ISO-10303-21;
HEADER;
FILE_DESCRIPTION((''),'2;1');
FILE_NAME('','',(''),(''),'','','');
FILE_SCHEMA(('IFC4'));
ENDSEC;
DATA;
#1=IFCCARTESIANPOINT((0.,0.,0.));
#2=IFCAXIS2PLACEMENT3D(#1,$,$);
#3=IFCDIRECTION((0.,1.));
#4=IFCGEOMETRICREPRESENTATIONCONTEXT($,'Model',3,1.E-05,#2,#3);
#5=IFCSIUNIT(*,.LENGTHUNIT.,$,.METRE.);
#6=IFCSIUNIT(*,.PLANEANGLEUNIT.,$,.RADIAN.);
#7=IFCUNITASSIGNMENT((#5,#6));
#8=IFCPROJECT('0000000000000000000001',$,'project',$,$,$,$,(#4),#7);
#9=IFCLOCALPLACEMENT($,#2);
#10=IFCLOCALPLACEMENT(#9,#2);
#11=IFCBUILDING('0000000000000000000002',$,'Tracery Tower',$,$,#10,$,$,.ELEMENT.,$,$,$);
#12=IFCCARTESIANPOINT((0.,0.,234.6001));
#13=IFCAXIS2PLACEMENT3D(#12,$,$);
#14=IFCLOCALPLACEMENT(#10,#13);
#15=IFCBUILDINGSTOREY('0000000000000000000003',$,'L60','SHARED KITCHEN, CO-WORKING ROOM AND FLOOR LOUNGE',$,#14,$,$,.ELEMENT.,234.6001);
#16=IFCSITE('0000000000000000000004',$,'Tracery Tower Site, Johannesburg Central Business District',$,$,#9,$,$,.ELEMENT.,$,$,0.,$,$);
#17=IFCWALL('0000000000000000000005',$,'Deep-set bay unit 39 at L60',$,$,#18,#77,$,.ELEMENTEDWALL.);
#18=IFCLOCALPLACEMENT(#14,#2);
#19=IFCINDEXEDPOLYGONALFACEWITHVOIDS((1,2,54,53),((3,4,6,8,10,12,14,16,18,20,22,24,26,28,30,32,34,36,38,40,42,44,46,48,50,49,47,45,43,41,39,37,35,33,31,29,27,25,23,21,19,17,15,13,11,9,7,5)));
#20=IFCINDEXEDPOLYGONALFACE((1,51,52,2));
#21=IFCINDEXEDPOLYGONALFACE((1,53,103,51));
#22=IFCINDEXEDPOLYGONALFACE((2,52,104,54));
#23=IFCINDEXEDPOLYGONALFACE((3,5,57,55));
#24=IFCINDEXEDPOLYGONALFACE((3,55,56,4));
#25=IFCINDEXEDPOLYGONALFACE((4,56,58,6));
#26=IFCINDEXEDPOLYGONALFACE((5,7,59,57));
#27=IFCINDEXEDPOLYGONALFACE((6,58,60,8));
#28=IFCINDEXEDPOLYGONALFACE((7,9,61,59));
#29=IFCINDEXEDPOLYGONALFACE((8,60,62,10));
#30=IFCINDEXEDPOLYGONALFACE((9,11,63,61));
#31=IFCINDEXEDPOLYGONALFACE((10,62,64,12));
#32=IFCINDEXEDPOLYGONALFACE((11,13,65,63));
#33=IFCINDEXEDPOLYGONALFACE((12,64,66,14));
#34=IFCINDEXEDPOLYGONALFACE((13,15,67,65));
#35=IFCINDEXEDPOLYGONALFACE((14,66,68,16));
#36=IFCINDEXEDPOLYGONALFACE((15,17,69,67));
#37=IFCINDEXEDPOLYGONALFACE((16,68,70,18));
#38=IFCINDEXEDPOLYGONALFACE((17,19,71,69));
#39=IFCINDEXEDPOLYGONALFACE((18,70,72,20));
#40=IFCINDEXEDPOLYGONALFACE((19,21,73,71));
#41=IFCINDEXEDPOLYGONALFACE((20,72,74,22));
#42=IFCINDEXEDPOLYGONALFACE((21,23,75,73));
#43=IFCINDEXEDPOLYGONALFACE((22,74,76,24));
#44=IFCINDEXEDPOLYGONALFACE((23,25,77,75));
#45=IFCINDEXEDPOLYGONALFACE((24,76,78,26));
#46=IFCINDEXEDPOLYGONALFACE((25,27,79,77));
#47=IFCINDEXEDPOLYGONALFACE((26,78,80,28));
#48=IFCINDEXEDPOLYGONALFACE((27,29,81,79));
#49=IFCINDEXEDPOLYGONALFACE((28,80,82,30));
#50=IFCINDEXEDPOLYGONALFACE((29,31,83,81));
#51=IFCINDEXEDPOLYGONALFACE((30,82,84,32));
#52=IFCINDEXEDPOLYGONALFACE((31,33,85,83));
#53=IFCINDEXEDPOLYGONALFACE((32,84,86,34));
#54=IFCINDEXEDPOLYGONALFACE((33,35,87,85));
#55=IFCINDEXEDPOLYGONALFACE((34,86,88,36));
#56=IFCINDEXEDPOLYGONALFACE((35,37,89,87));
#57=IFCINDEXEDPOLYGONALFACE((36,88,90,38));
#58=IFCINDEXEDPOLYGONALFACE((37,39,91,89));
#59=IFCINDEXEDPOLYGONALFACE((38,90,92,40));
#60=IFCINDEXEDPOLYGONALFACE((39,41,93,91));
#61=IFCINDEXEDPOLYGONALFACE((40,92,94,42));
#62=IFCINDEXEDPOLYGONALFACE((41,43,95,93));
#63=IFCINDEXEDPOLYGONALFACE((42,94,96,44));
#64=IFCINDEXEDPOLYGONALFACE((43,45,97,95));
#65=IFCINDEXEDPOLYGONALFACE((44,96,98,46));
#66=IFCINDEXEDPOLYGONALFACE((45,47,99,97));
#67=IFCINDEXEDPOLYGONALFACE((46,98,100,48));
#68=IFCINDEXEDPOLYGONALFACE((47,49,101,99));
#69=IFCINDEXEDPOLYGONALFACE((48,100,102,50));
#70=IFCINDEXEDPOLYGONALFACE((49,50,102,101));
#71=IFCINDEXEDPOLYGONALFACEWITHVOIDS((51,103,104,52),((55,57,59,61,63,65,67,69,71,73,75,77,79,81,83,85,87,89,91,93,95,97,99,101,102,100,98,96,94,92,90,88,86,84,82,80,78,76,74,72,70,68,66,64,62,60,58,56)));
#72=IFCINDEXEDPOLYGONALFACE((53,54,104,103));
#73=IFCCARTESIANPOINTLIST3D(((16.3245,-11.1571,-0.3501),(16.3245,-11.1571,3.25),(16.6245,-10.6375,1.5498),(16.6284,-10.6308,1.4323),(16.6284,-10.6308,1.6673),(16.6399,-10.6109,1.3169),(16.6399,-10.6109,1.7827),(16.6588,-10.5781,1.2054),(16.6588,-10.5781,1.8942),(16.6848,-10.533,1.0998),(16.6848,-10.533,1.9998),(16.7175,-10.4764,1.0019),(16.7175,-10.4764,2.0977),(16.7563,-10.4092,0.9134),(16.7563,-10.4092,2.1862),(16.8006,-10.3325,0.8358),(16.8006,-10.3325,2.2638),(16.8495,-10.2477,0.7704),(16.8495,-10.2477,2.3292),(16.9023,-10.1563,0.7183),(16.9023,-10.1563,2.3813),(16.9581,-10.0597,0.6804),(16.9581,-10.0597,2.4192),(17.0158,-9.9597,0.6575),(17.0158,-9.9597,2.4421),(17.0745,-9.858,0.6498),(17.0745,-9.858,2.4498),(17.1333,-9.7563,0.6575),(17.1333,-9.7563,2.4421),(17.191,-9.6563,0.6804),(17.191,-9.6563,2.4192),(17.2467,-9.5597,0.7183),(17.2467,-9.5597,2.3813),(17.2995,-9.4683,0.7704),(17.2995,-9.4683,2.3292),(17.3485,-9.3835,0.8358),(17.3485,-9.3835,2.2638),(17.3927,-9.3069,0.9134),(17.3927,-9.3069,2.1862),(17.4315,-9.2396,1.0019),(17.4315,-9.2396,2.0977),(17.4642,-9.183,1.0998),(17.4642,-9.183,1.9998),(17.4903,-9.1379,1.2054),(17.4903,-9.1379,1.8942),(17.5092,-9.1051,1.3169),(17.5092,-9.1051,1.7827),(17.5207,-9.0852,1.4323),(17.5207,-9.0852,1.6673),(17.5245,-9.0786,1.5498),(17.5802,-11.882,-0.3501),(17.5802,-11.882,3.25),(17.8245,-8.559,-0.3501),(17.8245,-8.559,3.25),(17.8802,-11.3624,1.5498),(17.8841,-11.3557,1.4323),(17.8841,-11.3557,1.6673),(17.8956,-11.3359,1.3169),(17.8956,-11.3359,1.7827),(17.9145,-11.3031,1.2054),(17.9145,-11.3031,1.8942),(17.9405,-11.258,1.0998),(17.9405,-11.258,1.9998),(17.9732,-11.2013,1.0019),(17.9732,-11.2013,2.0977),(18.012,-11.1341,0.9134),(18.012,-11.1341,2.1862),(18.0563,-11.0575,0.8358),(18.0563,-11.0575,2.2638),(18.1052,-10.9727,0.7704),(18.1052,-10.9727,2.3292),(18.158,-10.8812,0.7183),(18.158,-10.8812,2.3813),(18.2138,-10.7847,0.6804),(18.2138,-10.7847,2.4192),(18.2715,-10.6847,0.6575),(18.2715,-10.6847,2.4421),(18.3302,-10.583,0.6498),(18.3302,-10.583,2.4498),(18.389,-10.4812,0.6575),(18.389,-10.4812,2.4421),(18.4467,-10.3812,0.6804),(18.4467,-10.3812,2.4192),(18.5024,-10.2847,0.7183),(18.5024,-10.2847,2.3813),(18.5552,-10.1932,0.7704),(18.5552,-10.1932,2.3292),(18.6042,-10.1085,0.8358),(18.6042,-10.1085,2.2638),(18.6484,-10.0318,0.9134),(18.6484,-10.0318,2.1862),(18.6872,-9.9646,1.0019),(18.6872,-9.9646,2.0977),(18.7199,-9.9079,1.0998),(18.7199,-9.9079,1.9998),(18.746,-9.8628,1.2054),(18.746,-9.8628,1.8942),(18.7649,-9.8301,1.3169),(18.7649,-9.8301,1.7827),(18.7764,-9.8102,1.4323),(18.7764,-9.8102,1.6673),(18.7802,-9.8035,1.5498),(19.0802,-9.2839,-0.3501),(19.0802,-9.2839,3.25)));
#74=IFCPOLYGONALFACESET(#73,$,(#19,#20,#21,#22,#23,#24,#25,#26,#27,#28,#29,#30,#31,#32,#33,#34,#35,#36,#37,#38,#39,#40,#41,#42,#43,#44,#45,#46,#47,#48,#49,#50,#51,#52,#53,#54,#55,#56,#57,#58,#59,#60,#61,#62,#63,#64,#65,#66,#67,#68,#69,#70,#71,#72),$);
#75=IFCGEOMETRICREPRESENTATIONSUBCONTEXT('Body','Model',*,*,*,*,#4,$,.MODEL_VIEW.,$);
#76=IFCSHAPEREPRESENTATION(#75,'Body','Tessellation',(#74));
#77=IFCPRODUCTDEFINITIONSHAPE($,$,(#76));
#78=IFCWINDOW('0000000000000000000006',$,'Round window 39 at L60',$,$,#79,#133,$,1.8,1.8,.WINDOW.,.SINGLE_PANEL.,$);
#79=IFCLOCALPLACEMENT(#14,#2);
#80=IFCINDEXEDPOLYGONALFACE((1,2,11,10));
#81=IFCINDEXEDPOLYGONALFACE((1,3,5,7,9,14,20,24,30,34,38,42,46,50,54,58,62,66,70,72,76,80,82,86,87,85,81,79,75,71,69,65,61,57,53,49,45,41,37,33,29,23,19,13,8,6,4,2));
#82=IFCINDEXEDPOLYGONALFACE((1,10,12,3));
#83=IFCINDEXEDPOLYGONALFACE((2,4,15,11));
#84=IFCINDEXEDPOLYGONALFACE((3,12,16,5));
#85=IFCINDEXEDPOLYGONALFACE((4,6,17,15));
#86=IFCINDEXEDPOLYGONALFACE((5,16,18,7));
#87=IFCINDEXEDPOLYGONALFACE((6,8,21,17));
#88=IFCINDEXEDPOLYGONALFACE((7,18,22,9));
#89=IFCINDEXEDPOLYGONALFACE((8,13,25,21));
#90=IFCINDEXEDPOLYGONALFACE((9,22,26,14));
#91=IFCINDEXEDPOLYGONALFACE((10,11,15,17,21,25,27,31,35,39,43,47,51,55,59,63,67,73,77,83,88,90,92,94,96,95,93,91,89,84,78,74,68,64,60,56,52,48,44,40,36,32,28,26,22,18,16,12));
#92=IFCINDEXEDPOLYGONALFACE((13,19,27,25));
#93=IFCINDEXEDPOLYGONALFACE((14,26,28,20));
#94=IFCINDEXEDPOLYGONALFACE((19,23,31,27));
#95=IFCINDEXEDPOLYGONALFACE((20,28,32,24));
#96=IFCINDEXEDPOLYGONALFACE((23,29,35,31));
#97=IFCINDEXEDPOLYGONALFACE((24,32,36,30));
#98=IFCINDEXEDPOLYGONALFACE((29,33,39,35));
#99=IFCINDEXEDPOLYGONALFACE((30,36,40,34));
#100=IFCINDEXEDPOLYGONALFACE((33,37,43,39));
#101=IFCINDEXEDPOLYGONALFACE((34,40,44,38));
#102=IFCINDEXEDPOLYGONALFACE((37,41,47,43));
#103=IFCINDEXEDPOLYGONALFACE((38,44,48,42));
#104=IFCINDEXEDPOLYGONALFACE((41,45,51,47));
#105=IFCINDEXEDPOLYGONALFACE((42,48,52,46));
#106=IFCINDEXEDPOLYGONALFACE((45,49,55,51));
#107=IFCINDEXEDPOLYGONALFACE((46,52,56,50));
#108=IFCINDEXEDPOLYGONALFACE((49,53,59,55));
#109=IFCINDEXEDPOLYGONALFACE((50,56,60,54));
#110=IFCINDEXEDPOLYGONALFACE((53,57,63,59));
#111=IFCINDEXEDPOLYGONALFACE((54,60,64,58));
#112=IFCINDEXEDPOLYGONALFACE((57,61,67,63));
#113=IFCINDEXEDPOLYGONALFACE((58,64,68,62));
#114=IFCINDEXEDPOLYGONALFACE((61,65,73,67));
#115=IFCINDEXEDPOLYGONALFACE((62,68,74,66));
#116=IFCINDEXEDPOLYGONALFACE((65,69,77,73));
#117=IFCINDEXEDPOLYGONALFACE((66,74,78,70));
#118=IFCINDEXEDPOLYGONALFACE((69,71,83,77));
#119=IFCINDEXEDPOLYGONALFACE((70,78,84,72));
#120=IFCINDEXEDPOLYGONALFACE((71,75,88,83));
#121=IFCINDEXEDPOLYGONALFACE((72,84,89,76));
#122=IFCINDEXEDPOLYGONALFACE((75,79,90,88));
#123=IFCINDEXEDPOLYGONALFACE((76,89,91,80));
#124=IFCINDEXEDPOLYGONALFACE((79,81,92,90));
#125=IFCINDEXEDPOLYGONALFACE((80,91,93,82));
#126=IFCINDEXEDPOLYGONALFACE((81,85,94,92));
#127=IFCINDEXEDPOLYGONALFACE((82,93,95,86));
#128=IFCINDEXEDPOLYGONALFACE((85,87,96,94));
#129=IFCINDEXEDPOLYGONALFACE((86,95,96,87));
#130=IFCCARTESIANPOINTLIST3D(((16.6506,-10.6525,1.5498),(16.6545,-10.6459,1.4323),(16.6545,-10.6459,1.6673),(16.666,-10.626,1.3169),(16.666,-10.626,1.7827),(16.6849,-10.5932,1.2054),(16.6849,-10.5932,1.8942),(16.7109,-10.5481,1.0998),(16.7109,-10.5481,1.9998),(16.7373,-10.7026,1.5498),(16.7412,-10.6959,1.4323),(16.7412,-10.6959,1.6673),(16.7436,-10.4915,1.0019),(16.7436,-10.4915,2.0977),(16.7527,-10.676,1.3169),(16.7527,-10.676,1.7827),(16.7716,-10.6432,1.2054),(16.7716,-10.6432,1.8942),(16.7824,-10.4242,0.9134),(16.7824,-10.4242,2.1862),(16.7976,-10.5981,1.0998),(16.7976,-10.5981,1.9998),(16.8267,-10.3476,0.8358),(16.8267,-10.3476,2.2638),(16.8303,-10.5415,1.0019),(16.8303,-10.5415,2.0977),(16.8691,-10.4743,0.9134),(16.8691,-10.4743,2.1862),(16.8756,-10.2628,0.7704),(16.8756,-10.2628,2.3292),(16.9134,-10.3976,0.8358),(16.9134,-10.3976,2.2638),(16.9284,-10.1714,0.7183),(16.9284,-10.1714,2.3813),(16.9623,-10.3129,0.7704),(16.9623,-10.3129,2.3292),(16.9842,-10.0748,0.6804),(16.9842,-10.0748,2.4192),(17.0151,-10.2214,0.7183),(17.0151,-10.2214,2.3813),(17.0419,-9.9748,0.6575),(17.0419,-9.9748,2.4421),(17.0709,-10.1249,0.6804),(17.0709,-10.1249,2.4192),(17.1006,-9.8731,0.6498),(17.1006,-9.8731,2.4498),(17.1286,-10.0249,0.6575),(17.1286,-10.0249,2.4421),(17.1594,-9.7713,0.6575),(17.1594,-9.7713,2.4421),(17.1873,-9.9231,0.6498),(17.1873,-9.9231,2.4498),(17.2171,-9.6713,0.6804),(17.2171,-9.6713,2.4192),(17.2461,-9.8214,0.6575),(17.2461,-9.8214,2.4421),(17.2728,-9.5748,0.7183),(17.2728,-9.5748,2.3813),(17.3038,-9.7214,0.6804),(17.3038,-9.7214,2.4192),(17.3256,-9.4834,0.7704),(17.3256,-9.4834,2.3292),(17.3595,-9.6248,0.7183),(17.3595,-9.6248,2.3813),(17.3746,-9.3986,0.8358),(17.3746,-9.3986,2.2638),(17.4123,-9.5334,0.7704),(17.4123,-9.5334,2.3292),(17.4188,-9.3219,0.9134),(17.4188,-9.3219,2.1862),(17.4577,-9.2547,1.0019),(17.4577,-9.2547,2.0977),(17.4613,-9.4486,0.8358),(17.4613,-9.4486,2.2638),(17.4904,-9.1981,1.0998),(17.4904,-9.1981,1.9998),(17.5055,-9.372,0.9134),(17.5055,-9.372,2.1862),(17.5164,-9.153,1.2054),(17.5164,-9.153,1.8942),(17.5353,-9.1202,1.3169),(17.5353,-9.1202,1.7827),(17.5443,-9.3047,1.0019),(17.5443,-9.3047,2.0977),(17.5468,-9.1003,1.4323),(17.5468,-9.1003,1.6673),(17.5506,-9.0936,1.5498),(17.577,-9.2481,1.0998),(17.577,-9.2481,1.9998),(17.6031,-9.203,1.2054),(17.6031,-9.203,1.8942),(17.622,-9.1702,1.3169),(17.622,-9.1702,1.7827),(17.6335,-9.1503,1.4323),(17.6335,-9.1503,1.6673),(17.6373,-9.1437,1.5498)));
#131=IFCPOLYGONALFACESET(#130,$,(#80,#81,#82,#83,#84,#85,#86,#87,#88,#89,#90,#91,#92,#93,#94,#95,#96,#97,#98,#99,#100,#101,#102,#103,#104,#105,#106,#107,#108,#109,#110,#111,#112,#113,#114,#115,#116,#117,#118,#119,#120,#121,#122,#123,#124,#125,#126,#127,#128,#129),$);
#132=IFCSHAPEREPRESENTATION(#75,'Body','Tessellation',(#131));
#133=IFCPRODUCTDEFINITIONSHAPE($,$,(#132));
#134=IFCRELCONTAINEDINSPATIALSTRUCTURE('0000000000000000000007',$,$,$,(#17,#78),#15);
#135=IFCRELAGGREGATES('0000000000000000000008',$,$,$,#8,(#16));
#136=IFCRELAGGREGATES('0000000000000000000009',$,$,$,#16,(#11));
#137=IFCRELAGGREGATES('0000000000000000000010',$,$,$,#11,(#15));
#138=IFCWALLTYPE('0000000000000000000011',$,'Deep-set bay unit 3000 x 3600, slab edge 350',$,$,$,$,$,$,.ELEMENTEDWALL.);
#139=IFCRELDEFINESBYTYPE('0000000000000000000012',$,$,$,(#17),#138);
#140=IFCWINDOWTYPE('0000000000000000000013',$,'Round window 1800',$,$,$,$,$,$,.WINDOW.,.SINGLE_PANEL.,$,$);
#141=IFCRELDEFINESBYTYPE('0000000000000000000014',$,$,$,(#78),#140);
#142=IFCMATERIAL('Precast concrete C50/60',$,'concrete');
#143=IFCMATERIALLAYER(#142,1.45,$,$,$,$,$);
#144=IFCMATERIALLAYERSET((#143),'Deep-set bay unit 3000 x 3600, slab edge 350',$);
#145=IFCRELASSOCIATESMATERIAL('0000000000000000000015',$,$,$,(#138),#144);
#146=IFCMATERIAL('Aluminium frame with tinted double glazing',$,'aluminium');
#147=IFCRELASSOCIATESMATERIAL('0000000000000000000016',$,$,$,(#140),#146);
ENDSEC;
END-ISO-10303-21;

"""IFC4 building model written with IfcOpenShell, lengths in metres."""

from ifc_helpers import new_model, si_unit, direction, frame, frame_2d, origin, origin_2d, place, context, subcontext, project, spatial, rectangle, circle, extrude, material, layer, layer_set, type_object, element, fill, save


model = new_model("IFC4")

# Units and contexts
model_context = context("Model", 3, precision=1e-05, world=origin(), true_north=direction((0.0, 1.0)))
body_context = subcontext(model_context, "Body", "Model", "MODEL_VIEW")
ifc_project = project(units=[si_unit("LENGTHUNIT", "METRE"), si_unit("PLANEANGLEUNIT", "RADIAN")], contexts=[model_context])

# Site, building, storey
site_placement = place(None, origin())
site = spatial("IfcSite", under=ifc_project, at=site_placement, Name="Tracery Tower Site, Johannesburg Central Business District", CompositionType="ELEMENT", RefElevation=0.0)
building_placement = place(site_placement, origin())
building = spatial("IfcBuilding", under=site, at=building_placement, Name="Tracery Tower", CompositionType="ELEMENT")
storey_placement = place(building_placement, frame((0.0, 0.0, 234.6001)))
storey = spatial("IfcBuildingStorey", under=building, at=storey_placement, Name="L60", Description="SHARED KITCHEN, CO-WORKING ROOM AND FLOOR LOUNGE", CompositionType="ELEMENT", Elevation=234.6001)

# Wall, opening, window
ifc_material_1 = material(Name="Precast concrete C50/60", Category="concrete")
ifc_layer_1 = layer(ifc_material_1, 1.45)
ifc_layer_set_1 = layer_set([ifc_layer_1], Name="Deep-set bay unit 3000 x 3600, slab edge 350")
wall_type_1 = type_object("IfcWallType", Name="Deep-set bay unit 3000 x 3600, slab edge 350", PredefinedType="ELEMENTEDWALL", material=ifc_layer_set_1)
ifc_material_2 = material(Name="Aluminium frame with tinted double glazing", Category="aluminium")
window_type = type_object("IfcWindowType", Name="Round window 1800", PartitioningType="SINGLE_PANEL", PredefinedType="WINDOW", material=ifc_material_2)
wall_1_placement = place(storey_placement, frame((16.9524, -11.5195, -0.3501), z_axis=(0.0, 0.0, 1.0), x_axis=(0.49999, 0.866031, 0.0)))
wall_1 = element("IfcWall", 1, at=wall_1_placement, inside=storey, type_object=wall_type_1, Name="Deep-set bay unit 39 at L60", PredefinedType="ELEMENTEDWALL", context=body_context, shape_type="SweptSolid", body=[
    extrude(rectangle(XDim=3.0, YDim=1.45, at=frame_2d((1.5, 0.0))), origin(), (0.0, 0.0, 1.0), 3.6001),
])
opening_1_placement = place(wall_1_placement, frame((1.5, 0.0, 1.8999)))
opening_1 = element("IfcOpeningElement", 2, at=opening_1_placement, cuts=wall_1, PredefinedType="OPENING", context=body_context, shape_type="SweptSolid", body=[
    extrude(circle(Radius=0.9, at=origin_2d()), frame((0.0, 0.7349, 0.0), z_axis=(0.0, -1.0, 0.0), x_axis=(1.0, 0.0, 0.0)), (0.0, 0.0, 1.0), 1.47),
])
window_1_placement = place(opening_1_placement, origin())
window_1 = element("IfcWindow", 3, at=window_1_placement, inside=storey, type_object=window_type, Name="Round window 39 at L60", OverallHeight=1.8, OverallWidth=1.8, PartitioningType="SINGLE_PANEL", PredefinedType="WINDOW", context=body_context, shape_type="SweptSolid", body=[
    extrude(circle(Radius=0.9, at=origin_2d()), frame((0.0, 0.6948, 0.0), z_axis=(0.0, -1.0, 0.0), x_axis=(1.0, 0.0, 0.0)), (0.0, 0.0, 1.0), 0.1001),
])
fill(opening_1, window_1)

save(model, "model.ifc")
